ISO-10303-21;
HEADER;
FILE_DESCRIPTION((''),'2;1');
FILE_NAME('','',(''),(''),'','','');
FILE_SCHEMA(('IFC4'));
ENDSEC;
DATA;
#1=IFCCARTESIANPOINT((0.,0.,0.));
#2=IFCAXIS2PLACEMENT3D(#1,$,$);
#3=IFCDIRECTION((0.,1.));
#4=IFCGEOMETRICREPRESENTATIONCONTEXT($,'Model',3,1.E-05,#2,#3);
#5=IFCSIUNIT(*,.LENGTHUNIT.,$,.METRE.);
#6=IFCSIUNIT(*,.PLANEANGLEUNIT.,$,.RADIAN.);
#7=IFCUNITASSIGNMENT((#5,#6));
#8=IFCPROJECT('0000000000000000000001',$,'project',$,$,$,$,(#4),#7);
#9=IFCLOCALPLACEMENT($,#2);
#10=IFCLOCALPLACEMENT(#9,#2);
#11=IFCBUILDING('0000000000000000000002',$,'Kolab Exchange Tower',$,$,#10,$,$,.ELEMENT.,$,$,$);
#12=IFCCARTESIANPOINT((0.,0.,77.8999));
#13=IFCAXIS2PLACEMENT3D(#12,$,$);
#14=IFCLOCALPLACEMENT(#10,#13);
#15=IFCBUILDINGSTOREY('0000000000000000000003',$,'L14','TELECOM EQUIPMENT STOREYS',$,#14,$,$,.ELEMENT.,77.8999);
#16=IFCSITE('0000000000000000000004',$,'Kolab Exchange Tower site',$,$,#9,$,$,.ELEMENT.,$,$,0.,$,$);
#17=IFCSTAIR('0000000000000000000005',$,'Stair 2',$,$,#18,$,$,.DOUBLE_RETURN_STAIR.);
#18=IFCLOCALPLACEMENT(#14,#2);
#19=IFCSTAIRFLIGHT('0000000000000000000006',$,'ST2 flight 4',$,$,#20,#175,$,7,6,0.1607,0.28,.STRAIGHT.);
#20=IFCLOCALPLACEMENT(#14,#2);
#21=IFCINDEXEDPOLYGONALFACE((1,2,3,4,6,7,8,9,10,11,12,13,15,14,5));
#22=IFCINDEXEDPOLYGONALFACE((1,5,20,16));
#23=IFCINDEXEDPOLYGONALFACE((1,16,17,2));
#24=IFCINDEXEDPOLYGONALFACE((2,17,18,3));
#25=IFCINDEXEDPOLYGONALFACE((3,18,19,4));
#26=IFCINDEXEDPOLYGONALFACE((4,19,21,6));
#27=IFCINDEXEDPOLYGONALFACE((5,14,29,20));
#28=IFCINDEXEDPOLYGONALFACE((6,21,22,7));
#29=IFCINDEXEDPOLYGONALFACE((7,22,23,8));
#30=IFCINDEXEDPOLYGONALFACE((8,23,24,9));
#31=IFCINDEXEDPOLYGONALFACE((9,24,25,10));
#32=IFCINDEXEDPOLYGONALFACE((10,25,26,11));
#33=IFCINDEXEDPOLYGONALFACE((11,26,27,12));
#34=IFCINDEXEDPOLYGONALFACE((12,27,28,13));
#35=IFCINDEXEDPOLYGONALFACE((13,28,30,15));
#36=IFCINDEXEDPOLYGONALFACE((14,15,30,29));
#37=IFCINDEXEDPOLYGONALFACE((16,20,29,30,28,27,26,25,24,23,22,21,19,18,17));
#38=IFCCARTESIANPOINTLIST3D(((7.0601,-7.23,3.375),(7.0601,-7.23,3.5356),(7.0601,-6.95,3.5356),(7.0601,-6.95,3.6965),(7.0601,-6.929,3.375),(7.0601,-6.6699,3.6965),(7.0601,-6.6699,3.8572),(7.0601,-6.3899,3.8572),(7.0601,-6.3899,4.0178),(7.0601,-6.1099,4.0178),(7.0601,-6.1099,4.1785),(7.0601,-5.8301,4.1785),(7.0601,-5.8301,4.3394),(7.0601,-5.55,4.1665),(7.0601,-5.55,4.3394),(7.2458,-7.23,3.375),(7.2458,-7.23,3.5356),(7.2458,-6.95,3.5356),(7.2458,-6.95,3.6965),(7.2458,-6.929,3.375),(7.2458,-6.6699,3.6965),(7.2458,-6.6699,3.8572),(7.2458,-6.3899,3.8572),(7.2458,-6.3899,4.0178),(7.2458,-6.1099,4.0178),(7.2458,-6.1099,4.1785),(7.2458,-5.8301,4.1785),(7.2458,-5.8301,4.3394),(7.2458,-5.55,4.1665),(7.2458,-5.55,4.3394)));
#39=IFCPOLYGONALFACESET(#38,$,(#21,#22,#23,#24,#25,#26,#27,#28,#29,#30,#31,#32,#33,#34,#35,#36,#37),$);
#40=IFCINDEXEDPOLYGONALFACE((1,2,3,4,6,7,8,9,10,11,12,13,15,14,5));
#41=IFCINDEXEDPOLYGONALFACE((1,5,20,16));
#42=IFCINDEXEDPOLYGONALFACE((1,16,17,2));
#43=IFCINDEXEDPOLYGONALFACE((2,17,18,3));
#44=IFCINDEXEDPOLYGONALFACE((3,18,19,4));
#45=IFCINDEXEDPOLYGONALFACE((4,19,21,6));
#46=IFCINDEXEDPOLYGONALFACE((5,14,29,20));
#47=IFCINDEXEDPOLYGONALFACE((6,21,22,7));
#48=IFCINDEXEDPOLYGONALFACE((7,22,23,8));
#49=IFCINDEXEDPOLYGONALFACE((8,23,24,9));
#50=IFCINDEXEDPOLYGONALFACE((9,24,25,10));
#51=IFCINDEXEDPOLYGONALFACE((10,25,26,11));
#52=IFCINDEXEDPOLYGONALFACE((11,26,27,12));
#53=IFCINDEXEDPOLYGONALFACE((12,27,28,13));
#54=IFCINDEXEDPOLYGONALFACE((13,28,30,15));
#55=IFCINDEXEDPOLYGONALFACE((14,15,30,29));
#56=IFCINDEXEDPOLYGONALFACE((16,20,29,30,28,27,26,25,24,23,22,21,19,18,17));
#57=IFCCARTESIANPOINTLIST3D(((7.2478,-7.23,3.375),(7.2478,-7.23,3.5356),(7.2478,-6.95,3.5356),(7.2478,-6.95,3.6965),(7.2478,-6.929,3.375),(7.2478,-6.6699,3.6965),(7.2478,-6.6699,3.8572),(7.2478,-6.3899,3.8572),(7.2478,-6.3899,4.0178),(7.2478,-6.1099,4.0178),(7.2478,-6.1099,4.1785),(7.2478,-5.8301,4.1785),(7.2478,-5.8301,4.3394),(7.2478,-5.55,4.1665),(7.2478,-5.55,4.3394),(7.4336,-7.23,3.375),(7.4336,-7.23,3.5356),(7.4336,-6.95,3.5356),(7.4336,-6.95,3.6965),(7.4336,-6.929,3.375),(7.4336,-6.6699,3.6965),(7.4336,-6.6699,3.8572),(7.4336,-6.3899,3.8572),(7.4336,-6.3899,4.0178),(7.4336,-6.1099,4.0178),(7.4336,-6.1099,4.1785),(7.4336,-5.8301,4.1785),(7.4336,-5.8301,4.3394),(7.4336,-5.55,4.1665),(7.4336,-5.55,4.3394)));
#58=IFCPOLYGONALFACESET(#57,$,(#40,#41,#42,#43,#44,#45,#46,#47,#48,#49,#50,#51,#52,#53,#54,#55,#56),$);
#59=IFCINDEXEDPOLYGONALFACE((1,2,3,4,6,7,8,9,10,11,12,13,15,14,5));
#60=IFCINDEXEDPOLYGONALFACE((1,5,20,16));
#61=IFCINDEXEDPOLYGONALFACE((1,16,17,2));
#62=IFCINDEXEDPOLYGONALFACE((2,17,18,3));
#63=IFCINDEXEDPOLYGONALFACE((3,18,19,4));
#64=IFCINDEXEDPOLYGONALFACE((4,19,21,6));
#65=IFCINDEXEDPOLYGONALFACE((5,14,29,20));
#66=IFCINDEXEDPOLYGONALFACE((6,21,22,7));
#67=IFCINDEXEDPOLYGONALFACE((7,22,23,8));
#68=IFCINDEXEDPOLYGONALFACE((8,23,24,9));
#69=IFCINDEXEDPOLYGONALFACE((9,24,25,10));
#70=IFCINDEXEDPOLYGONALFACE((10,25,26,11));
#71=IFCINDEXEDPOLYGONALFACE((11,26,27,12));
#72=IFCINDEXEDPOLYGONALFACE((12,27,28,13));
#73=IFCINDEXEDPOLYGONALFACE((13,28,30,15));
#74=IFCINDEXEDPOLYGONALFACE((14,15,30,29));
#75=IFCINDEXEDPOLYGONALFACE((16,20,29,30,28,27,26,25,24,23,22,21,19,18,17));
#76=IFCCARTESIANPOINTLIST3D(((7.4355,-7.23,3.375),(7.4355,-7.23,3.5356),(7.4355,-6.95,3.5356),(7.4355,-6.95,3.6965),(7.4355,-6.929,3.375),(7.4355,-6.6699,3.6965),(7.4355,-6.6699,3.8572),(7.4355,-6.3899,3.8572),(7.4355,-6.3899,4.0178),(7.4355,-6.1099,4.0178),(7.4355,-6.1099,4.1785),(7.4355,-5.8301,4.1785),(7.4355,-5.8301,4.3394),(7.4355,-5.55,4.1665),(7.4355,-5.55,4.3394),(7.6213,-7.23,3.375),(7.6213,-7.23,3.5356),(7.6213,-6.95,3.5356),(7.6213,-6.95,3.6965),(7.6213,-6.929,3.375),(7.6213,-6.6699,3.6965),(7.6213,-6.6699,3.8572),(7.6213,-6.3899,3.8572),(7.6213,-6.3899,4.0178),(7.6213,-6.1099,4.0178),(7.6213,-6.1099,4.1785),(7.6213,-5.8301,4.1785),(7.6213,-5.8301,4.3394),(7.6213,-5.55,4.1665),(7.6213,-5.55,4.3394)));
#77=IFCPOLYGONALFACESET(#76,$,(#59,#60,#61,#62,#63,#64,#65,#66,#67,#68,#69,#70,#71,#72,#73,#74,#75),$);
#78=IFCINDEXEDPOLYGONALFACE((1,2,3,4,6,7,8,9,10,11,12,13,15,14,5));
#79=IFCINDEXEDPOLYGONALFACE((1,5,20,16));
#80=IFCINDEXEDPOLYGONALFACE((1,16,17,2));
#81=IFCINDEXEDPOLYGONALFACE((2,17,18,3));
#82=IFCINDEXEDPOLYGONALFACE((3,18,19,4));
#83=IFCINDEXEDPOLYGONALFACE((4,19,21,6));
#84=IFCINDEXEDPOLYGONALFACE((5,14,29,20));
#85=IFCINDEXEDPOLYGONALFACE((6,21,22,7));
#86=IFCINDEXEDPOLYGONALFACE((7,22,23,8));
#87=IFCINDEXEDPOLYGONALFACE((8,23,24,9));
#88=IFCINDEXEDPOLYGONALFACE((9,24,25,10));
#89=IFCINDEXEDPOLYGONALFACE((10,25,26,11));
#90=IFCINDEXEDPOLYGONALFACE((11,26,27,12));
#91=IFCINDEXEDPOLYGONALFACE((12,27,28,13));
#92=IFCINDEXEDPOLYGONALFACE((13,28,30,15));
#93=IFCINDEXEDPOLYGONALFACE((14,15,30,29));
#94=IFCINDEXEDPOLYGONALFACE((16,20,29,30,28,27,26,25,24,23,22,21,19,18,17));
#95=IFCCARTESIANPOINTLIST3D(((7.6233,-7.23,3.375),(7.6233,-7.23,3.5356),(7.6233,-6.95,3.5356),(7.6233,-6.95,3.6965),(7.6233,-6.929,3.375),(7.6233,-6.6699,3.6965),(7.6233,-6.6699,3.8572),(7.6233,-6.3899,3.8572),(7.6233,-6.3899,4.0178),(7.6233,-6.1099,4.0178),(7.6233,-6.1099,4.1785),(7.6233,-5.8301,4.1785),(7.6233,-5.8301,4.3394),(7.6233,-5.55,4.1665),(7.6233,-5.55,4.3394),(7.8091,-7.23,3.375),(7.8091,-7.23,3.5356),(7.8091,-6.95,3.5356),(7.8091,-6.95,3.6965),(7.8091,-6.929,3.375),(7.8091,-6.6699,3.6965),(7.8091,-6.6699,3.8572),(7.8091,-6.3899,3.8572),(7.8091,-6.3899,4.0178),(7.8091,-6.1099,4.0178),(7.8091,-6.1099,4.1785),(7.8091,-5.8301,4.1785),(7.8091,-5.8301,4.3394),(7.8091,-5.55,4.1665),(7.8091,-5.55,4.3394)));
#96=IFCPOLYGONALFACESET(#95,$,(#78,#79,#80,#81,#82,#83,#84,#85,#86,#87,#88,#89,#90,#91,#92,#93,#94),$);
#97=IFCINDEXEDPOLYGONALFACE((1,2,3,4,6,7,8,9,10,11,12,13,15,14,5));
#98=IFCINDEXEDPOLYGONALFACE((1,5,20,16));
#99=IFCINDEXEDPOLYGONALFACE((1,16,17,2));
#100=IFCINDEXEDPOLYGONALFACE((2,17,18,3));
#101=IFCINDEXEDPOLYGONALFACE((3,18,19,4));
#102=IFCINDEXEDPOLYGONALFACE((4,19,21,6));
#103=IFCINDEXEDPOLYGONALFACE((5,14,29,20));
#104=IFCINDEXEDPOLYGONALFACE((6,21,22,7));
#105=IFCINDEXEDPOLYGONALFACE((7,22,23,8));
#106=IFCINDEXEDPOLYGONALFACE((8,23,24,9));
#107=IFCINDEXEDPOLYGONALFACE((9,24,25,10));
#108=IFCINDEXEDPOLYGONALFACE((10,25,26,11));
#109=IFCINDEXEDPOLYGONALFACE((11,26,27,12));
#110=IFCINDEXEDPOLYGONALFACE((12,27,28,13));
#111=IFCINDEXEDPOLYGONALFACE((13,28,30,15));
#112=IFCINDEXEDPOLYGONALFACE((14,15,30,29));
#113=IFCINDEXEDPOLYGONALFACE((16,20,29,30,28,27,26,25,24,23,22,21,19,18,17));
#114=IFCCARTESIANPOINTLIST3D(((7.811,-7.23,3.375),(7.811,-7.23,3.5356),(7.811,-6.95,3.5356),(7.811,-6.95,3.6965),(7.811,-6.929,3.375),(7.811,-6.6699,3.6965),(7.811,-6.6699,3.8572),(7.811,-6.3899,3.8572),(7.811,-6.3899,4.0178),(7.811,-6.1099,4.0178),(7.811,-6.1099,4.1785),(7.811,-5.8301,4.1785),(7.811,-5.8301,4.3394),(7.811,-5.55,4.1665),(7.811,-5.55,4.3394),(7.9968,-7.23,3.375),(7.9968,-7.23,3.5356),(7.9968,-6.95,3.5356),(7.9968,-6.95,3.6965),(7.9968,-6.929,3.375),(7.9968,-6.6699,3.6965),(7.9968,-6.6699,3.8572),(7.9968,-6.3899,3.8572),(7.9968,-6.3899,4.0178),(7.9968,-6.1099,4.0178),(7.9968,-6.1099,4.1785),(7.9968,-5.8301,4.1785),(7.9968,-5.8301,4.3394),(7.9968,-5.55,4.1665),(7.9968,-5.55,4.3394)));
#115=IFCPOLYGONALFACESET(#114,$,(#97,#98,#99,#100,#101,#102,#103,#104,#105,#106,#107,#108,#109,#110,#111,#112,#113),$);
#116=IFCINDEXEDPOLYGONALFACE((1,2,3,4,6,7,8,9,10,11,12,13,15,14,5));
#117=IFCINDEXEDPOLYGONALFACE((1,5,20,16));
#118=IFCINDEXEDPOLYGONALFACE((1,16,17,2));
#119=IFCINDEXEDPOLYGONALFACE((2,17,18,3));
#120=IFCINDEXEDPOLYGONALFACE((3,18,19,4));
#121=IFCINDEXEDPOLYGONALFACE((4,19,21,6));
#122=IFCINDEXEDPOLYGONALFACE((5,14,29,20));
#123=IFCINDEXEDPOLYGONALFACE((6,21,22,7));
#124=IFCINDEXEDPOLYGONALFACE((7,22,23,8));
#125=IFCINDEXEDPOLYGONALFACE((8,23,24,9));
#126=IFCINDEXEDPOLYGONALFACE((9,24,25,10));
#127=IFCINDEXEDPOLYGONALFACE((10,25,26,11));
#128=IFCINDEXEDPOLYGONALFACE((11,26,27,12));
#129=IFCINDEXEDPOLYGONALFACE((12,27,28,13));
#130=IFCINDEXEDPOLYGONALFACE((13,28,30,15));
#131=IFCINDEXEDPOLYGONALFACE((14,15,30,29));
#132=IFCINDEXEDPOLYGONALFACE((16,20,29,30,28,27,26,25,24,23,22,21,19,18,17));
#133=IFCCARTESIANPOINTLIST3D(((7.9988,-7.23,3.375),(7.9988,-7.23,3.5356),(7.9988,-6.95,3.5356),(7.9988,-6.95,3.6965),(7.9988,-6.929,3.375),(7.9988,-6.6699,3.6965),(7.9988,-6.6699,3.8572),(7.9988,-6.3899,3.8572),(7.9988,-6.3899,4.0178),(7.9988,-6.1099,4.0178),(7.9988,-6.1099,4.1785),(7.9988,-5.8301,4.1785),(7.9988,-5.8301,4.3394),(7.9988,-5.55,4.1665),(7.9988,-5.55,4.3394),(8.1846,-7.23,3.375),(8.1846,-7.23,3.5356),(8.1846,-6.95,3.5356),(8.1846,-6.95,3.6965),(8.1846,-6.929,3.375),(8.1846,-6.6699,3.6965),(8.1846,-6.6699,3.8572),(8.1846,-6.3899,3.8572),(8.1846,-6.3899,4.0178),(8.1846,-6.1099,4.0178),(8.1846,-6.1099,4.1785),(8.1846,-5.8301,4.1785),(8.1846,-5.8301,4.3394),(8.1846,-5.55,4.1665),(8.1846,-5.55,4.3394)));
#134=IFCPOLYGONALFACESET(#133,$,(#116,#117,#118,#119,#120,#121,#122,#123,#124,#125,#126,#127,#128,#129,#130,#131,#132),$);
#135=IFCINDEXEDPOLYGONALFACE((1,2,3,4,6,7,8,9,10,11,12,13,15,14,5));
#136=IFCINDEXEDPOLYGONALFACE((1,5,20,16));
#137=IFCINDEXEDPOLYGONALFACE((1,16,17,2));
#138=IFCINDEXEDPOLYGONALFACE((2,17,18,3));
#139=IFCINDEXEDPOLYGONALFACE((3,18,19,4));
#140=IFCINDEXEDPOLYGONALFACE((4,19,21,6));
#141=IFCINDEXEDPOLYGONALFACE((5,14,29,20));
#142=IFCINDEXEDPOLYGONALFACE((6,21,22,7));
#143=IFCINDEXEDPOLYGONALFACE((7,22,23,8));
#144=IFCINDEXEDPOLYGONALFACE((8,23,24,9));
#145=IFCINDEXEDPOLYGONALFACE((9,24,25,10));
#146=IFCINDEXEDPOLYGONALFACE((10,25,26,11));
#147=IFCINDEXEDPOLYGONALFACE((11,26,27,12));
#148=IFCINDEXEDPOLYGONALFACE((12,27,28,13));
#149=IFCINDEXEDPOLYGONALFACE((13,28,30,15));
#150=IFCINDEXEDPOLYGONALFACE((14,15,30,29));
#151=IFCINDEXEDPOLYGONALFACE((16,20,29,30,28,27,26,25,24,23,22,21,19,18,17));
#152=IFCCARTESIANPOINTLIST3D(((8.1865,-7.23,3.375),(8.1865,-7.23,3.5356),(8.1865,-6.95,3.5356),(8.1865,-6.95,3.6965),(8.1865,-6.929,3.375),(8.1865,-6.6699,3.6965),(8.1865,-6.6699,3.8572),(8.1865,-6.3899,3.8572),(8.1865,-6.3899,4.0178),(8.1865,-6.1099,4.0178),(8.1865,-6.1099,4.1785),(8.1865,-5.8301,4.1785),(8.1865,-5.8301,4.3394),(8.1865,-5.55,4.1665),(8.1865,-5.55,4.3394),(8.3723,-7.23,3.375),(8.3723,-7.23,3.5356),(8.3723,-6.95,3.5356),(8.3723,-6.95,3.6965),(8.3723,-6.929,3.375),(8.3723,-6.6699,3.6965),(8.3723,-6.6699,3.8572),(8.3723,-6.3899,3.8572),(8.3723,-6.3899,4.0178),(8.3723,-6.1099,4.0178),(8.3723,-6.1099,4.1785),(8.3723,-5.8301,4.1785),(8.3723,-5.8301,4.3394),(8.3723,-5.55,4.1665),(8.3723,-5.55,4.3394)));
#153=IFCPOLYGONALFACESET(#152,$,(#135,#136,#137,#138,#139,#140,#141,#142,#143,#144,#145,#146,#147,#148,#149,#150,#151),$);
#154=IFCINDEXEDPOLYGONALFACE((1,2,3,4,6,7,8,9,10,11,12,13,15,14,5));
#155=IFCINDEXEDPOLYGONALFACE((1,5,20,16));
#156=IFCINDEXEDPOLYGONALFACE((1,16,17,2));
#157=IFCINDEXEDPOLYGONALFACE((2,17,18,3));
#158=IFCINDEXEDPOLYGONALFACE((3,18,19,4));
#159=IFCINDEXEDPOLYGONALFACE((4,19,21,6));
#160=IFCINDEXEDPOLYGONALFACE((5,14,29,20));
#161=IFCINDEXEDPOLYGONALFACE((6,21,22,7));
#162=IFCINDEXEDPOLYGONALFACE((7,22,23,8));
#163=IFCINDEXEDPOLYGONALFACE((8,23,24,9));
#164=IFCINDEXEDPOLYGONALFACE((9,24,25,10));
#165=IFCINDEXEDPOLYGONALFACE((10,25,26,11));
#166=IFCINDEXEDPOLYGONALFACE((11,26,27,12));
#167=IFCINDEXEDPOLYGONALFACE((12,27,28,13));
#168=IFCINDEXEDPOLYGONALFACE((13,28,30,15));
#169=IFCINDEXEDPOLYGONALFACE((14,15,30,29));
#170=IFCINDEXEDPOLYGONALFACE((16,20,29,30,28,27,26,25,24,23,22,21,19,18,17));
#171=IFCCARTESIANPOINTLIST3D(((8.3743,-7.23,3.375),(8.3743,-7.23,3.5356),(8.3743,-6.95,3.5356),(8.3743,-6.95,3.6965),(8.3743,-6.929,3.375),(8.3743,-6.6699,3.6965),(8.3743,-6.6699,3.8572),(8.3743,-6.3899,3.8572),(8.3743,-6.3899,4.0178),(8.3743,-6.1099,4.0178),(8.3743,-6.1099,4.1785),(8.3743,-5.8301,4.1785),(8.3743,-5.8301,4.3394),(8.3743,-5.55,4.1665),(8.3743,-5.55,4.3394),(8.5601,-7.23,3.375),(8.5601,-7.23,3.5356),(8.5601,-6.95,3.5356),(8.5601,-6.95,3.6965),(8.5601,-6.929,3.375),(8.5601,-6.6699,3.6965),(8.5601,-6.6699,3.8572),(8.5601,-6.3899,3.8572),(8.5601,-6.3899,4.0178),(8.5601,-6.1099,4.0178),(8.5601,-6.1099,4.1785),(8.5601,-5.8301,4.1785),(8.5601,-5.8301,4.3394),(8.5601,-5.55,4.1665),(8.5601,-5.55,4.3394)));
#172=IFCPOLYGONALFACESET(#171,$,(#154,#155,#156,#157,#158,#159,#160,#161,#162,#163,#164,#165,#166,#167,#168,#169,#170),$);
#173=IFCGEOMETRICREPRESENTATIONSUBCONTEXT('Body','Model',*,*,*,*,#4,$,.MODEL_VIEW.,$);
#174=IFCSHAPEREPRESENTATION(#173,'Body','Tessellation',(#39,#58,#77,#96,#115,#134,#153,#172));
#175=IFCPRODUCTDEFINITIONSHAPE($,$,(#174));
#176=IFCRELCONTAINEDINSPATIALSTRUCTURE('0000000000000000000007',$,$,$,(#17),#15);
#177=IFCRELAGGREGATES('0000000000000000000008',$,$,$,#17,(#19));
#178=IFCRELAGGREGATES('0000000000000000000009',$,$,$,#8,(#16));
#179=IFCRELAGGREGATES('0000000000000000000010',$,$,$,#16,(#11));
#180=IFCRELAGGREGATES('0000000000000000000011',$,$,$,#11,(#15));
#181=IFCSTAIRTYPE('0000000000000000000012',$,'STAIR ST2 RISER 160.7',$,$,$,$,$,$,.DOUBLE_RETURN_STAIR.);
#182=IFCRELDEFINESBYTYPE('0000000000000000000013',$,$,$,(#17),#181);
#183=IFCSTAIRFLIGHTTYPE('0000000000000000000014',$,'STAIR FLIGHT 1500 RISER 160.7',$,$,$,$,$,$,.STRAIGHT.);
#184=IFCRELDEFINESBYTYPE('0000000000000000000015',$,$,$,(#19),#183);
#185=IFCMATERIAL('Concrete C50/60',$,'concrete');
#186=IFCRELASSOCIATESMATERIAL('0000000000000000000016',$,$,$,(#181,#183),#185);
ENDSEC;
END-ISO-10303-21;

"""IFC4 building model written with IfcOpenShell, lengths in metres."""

from ifc_helpers import new_model, si_unit, direction, frame, origin, place, context, subcontext, project, spatial, polyline, outline, extrude, material, type_object, element, aggregate, save


model = new_model("IFC4")

# Units and contexts
model_context = context("Model", 3, precision=1e-05, world=origin(), true_north=direction((0.0, 1.0)))
body_context = subcontext(model_context, "Body", "Model", "MODEL_VIEW")
ifc_project = project(units=[si_unit("LENGTHUNIT", "METRE"), si_unit("PLANEANGLEUNIT", "RADIAN")], contexts=[model_context])

# Site, building, storey
site_placement = place(None, origin())
site = spatial("IfcSite", under=ifc_project, at=site_placement, Name="Kolab Exchange Tower site", CompositionType="ELEMENT", RefElevation=0.0)
building_placement = place(site_placement, origin())
building = spatial("IfcBuilding", under=site, at=building_placement, Name="Kolab Exchange Tower", CompositionType="ELEMENT")
storey_placement = place(building_placement, frame((0.0, 0.0, 77.8999)))
storey = spatial("IfcBuildingStorey", under=building, at=storey_placement, Name="L14", Description="TELECOM EQUIPMENT STOREYS", CompositionType="ELEMENT", Elevation=77.8999)

# Shared definitions
ifc_material_1 = material(Name="Concrete C50/60", Category="concrete")

# Stair, stair flight
stair_type = type_object("IfcStairType", Name="STAIR ST2 RISER 160.7", PredefinedType="DOUBLE_RETURN_STAIR", material=ifc_material_1)
stair_placement = place(storey_placement, origin())
stair = element("IfcStair", 1, at=stair_placement, inside=storey, type_object=stair_type, Name="Stair 2", PredefinedType="DOUBLE_RETURN_STAIR")
stair_flight_type = type_object("IfcStairFlightType", Name="STAIR FLIGHT 1500 RISER 160.7", PredefinedType="STRAIGHT", material=ifc_material_1)
stair_flight_1_placement = place(storey_placement, frame((7.8101, -7.23, 3.375), z_axis=(0.0, 0.0, 1.0), x_axis=(0.0, 1.0, 0.0)))
stair_flight_1 = element("IfcStairFlight", 2, at=stair_flight_1_placement, type_object=stair_flight_type, Name="ST2 flight 4", NumberOfRisers=7, NumberOfTreads=6, PredefinedType="STRAIGHT", RiserHeight=0.1607, TreadLength=0.28, context=body_context, shape_type="SweptSolid", body=[
    extrude(outline(polyline([(0.0, 0.0), (0.0, 0.1606), (0.28, 0.1606), (0.28, 0.3215), (0.5601, 0.3215), (0.5601, 0.4822), (0.8401, 0.4822), (0.8401, 0.6428), (1.1201, 0.6428), (1.1201, 0.8035), (1.3999, 0.8035), (1.3999, 0.9644), (1.6799, 0.9644), (1.6799, 1.125), (1.6799, 0.7915), (0.301, 0.0), (0.0, 0.0)])), frame((0.0, 0.75, 0.0), z_axis=(0.0, -1.0, 0.0), x_axis=(1.0, 0.0, 0.0)), (0.0, 0.0, 1.0), 0.1858),
    extrude(outline(polyline([(0.0, 0.0), (0.0, 0.1606), (0.28, 0.1606), (0.28, 0.3215), (0.5601, 0.3215), (0.5601, 0.4822), (0.8401, 0.4822), (0.8401, 0.6428), (1.1201, 0.6428), (1.1201, 0.8035), (1.3999, 0.8035), (1.3999, 0.9644), (1.6799, 0.9644), (1.6799, 1.125), (1.6799, 0.7915), (0.301, 0.0), (0.0, 0.0)])), frame((0.0, 0.5623, 0.0), z_axis=(0.0, -1.0, 0.0), x_axis=(1.0, 0.0, 0.0)), (0.0, 0.0, 1.0), 0.1858),
    extrude(outline(polyline([(0.0, 0.0), (0.0, 0.1606), (0.28, 0.1606), (0.28, 0.3215), (0.5601, 0.3215), (0.5601, 0.4822), (0.8401, 0.4822), (0.8401, 0.6428), (1.1201, 0.6428), (1.1201, 0.8035), (1.3999, 0.8035), (1.3999, 0.9644), (1.6799, 0.9644), (1.6799, 1.125), (1.6799, 0.7915), (0.301, 0.0), (0.0, 0.0)])), frame((0.0, 0.3745, 0.0), z_axis=(0.0, -1.0, 0.0), x_axis=(1.0, 0.0, 0.0)), (0.0, 0.0, 1.0), 0.1858),
    extrude(outline(polyline([(0.0, 0.0), (0.0, 0.1606), (0.28, 0.1606), (0.28, 0.3215), (0.5601, 0.3215), (0.5601, 0.4822), (0.8401, 0.4822), (0.8401, 0.6428), (1.1201, 0.6428), (1.1201, 0.8035), (1.3999, 0.8035), (1.3999, 0.9644), (1.6799, 0.9644), (1.6799, 1.125), (1.6799, 0.7915), (0.301, 0.0), (0.0, 0.0)])), frame((0.0, 0.1868, 0.0), z_axis=(0.0, -1.0, 0.0), x_axis=(1.0, 0.0, 0.0)), (0.0, 0.0, 1.0), 0.1858),
    extrude(outline(polyline([(0.0, 0.0), (0.0, 0.1606), (0.28, 0.1606), (0.28, 0.3215), (0.5601, 0.3215), (0.5601, 0.4822), (0.8401, 0.4822), (0.8401, 0.6428), (1.1201, 0.6428), (1.1201, 0.8035), (1.3999, 0.8035), (1.3999, 0.9644), (1.6799, 0.9644), (1.6799, 1.125), (1.6799, 0.7915), (0.301, 0.0), (0.0, 0.0)])), frame((0.0, -0.001, 0.0), z_axis=(0.0, -1.0, 0.0), x_axis=(1.0, 0.0, 0.0)), (0.0, 0.0, 1.0), 0.1858),
    extrude(outline(polyline([(0.0, 0.0), (0.0, 0.1606), (0.28, 0.1606), (0.28, 0.3215), (0.5601, 0.3215), (0.5601, 0.4822), (0.8401, 0.4822), (0.8401, 0.6428), (1.1201, 0.6428), (1.1201, 0.8035), (1.3999, 0.8035), (1.3999, 0.9644), (1.6799, 0.9644), (1.6799, 1.125), (1.6799, 0.7915), (0.301, 0.0), (0.0, 0.0)])), frame((0.0, -0.1887, 0.0), z_axis=(0.0, -1.0, 0.0), x_axis=(1.0, 0.0, 0.0)), (0.0, 0.0, 1.0), 0.1858),
    extrude(outline(polyline([(0.0, 0.0), (0.0, 0.1606), (0.28, 0.1606), (0.28, 0.3215), (0.5601, 0.3215), (0.5601, 0.4822), (0.8401, 0.4822), (0.8401, 0.6428), (1.1201, 0.6428), (1.1201, 0.8035), (1.3999, 0.8035), (1.3999, 0.9644), (1.6799, 0.9644), (1.6799, 1.125), (1.6799, 0.7915), (0.301, 0.0), (0.0, 0.0)])), frame((0.0, -0.3765, 0.0), z_axis=(0.0, -1.0, 0.0), x_axis=(1.0, 0.0, 0.0)), (0.0, 0.0, 1.0), 0.1858),
    extrude(outline(polyline([(0.0, 0.0), (0.0, 0.1606), (0.28, 0.1606), (0.28, 0.3215), (0.5601, 0.3215), (0.5601, 0.4822), (0.8401, 0.4822), (0.8401, 0.6428), (1.1201, 0.6428), (1.1201, 0.8035), (1.3999, 0.8035), (1.3999, 0.9644), (1.6799, 0.9644), (1.6799, 1.125), (1.6799, 0.7915), (0.301, 0.0), (0.0, 0.0)])), frame((0.0, -0.5642, 0.0), z_axis=(0.0, -1.0, 0.0), x_axis=(1.0, 0.0, 0.0)), (0.0, 0.0, 1.0), 0.1858),
])
aggregate(stair, [stair_flight_1])

save(model, "model.ifc")
